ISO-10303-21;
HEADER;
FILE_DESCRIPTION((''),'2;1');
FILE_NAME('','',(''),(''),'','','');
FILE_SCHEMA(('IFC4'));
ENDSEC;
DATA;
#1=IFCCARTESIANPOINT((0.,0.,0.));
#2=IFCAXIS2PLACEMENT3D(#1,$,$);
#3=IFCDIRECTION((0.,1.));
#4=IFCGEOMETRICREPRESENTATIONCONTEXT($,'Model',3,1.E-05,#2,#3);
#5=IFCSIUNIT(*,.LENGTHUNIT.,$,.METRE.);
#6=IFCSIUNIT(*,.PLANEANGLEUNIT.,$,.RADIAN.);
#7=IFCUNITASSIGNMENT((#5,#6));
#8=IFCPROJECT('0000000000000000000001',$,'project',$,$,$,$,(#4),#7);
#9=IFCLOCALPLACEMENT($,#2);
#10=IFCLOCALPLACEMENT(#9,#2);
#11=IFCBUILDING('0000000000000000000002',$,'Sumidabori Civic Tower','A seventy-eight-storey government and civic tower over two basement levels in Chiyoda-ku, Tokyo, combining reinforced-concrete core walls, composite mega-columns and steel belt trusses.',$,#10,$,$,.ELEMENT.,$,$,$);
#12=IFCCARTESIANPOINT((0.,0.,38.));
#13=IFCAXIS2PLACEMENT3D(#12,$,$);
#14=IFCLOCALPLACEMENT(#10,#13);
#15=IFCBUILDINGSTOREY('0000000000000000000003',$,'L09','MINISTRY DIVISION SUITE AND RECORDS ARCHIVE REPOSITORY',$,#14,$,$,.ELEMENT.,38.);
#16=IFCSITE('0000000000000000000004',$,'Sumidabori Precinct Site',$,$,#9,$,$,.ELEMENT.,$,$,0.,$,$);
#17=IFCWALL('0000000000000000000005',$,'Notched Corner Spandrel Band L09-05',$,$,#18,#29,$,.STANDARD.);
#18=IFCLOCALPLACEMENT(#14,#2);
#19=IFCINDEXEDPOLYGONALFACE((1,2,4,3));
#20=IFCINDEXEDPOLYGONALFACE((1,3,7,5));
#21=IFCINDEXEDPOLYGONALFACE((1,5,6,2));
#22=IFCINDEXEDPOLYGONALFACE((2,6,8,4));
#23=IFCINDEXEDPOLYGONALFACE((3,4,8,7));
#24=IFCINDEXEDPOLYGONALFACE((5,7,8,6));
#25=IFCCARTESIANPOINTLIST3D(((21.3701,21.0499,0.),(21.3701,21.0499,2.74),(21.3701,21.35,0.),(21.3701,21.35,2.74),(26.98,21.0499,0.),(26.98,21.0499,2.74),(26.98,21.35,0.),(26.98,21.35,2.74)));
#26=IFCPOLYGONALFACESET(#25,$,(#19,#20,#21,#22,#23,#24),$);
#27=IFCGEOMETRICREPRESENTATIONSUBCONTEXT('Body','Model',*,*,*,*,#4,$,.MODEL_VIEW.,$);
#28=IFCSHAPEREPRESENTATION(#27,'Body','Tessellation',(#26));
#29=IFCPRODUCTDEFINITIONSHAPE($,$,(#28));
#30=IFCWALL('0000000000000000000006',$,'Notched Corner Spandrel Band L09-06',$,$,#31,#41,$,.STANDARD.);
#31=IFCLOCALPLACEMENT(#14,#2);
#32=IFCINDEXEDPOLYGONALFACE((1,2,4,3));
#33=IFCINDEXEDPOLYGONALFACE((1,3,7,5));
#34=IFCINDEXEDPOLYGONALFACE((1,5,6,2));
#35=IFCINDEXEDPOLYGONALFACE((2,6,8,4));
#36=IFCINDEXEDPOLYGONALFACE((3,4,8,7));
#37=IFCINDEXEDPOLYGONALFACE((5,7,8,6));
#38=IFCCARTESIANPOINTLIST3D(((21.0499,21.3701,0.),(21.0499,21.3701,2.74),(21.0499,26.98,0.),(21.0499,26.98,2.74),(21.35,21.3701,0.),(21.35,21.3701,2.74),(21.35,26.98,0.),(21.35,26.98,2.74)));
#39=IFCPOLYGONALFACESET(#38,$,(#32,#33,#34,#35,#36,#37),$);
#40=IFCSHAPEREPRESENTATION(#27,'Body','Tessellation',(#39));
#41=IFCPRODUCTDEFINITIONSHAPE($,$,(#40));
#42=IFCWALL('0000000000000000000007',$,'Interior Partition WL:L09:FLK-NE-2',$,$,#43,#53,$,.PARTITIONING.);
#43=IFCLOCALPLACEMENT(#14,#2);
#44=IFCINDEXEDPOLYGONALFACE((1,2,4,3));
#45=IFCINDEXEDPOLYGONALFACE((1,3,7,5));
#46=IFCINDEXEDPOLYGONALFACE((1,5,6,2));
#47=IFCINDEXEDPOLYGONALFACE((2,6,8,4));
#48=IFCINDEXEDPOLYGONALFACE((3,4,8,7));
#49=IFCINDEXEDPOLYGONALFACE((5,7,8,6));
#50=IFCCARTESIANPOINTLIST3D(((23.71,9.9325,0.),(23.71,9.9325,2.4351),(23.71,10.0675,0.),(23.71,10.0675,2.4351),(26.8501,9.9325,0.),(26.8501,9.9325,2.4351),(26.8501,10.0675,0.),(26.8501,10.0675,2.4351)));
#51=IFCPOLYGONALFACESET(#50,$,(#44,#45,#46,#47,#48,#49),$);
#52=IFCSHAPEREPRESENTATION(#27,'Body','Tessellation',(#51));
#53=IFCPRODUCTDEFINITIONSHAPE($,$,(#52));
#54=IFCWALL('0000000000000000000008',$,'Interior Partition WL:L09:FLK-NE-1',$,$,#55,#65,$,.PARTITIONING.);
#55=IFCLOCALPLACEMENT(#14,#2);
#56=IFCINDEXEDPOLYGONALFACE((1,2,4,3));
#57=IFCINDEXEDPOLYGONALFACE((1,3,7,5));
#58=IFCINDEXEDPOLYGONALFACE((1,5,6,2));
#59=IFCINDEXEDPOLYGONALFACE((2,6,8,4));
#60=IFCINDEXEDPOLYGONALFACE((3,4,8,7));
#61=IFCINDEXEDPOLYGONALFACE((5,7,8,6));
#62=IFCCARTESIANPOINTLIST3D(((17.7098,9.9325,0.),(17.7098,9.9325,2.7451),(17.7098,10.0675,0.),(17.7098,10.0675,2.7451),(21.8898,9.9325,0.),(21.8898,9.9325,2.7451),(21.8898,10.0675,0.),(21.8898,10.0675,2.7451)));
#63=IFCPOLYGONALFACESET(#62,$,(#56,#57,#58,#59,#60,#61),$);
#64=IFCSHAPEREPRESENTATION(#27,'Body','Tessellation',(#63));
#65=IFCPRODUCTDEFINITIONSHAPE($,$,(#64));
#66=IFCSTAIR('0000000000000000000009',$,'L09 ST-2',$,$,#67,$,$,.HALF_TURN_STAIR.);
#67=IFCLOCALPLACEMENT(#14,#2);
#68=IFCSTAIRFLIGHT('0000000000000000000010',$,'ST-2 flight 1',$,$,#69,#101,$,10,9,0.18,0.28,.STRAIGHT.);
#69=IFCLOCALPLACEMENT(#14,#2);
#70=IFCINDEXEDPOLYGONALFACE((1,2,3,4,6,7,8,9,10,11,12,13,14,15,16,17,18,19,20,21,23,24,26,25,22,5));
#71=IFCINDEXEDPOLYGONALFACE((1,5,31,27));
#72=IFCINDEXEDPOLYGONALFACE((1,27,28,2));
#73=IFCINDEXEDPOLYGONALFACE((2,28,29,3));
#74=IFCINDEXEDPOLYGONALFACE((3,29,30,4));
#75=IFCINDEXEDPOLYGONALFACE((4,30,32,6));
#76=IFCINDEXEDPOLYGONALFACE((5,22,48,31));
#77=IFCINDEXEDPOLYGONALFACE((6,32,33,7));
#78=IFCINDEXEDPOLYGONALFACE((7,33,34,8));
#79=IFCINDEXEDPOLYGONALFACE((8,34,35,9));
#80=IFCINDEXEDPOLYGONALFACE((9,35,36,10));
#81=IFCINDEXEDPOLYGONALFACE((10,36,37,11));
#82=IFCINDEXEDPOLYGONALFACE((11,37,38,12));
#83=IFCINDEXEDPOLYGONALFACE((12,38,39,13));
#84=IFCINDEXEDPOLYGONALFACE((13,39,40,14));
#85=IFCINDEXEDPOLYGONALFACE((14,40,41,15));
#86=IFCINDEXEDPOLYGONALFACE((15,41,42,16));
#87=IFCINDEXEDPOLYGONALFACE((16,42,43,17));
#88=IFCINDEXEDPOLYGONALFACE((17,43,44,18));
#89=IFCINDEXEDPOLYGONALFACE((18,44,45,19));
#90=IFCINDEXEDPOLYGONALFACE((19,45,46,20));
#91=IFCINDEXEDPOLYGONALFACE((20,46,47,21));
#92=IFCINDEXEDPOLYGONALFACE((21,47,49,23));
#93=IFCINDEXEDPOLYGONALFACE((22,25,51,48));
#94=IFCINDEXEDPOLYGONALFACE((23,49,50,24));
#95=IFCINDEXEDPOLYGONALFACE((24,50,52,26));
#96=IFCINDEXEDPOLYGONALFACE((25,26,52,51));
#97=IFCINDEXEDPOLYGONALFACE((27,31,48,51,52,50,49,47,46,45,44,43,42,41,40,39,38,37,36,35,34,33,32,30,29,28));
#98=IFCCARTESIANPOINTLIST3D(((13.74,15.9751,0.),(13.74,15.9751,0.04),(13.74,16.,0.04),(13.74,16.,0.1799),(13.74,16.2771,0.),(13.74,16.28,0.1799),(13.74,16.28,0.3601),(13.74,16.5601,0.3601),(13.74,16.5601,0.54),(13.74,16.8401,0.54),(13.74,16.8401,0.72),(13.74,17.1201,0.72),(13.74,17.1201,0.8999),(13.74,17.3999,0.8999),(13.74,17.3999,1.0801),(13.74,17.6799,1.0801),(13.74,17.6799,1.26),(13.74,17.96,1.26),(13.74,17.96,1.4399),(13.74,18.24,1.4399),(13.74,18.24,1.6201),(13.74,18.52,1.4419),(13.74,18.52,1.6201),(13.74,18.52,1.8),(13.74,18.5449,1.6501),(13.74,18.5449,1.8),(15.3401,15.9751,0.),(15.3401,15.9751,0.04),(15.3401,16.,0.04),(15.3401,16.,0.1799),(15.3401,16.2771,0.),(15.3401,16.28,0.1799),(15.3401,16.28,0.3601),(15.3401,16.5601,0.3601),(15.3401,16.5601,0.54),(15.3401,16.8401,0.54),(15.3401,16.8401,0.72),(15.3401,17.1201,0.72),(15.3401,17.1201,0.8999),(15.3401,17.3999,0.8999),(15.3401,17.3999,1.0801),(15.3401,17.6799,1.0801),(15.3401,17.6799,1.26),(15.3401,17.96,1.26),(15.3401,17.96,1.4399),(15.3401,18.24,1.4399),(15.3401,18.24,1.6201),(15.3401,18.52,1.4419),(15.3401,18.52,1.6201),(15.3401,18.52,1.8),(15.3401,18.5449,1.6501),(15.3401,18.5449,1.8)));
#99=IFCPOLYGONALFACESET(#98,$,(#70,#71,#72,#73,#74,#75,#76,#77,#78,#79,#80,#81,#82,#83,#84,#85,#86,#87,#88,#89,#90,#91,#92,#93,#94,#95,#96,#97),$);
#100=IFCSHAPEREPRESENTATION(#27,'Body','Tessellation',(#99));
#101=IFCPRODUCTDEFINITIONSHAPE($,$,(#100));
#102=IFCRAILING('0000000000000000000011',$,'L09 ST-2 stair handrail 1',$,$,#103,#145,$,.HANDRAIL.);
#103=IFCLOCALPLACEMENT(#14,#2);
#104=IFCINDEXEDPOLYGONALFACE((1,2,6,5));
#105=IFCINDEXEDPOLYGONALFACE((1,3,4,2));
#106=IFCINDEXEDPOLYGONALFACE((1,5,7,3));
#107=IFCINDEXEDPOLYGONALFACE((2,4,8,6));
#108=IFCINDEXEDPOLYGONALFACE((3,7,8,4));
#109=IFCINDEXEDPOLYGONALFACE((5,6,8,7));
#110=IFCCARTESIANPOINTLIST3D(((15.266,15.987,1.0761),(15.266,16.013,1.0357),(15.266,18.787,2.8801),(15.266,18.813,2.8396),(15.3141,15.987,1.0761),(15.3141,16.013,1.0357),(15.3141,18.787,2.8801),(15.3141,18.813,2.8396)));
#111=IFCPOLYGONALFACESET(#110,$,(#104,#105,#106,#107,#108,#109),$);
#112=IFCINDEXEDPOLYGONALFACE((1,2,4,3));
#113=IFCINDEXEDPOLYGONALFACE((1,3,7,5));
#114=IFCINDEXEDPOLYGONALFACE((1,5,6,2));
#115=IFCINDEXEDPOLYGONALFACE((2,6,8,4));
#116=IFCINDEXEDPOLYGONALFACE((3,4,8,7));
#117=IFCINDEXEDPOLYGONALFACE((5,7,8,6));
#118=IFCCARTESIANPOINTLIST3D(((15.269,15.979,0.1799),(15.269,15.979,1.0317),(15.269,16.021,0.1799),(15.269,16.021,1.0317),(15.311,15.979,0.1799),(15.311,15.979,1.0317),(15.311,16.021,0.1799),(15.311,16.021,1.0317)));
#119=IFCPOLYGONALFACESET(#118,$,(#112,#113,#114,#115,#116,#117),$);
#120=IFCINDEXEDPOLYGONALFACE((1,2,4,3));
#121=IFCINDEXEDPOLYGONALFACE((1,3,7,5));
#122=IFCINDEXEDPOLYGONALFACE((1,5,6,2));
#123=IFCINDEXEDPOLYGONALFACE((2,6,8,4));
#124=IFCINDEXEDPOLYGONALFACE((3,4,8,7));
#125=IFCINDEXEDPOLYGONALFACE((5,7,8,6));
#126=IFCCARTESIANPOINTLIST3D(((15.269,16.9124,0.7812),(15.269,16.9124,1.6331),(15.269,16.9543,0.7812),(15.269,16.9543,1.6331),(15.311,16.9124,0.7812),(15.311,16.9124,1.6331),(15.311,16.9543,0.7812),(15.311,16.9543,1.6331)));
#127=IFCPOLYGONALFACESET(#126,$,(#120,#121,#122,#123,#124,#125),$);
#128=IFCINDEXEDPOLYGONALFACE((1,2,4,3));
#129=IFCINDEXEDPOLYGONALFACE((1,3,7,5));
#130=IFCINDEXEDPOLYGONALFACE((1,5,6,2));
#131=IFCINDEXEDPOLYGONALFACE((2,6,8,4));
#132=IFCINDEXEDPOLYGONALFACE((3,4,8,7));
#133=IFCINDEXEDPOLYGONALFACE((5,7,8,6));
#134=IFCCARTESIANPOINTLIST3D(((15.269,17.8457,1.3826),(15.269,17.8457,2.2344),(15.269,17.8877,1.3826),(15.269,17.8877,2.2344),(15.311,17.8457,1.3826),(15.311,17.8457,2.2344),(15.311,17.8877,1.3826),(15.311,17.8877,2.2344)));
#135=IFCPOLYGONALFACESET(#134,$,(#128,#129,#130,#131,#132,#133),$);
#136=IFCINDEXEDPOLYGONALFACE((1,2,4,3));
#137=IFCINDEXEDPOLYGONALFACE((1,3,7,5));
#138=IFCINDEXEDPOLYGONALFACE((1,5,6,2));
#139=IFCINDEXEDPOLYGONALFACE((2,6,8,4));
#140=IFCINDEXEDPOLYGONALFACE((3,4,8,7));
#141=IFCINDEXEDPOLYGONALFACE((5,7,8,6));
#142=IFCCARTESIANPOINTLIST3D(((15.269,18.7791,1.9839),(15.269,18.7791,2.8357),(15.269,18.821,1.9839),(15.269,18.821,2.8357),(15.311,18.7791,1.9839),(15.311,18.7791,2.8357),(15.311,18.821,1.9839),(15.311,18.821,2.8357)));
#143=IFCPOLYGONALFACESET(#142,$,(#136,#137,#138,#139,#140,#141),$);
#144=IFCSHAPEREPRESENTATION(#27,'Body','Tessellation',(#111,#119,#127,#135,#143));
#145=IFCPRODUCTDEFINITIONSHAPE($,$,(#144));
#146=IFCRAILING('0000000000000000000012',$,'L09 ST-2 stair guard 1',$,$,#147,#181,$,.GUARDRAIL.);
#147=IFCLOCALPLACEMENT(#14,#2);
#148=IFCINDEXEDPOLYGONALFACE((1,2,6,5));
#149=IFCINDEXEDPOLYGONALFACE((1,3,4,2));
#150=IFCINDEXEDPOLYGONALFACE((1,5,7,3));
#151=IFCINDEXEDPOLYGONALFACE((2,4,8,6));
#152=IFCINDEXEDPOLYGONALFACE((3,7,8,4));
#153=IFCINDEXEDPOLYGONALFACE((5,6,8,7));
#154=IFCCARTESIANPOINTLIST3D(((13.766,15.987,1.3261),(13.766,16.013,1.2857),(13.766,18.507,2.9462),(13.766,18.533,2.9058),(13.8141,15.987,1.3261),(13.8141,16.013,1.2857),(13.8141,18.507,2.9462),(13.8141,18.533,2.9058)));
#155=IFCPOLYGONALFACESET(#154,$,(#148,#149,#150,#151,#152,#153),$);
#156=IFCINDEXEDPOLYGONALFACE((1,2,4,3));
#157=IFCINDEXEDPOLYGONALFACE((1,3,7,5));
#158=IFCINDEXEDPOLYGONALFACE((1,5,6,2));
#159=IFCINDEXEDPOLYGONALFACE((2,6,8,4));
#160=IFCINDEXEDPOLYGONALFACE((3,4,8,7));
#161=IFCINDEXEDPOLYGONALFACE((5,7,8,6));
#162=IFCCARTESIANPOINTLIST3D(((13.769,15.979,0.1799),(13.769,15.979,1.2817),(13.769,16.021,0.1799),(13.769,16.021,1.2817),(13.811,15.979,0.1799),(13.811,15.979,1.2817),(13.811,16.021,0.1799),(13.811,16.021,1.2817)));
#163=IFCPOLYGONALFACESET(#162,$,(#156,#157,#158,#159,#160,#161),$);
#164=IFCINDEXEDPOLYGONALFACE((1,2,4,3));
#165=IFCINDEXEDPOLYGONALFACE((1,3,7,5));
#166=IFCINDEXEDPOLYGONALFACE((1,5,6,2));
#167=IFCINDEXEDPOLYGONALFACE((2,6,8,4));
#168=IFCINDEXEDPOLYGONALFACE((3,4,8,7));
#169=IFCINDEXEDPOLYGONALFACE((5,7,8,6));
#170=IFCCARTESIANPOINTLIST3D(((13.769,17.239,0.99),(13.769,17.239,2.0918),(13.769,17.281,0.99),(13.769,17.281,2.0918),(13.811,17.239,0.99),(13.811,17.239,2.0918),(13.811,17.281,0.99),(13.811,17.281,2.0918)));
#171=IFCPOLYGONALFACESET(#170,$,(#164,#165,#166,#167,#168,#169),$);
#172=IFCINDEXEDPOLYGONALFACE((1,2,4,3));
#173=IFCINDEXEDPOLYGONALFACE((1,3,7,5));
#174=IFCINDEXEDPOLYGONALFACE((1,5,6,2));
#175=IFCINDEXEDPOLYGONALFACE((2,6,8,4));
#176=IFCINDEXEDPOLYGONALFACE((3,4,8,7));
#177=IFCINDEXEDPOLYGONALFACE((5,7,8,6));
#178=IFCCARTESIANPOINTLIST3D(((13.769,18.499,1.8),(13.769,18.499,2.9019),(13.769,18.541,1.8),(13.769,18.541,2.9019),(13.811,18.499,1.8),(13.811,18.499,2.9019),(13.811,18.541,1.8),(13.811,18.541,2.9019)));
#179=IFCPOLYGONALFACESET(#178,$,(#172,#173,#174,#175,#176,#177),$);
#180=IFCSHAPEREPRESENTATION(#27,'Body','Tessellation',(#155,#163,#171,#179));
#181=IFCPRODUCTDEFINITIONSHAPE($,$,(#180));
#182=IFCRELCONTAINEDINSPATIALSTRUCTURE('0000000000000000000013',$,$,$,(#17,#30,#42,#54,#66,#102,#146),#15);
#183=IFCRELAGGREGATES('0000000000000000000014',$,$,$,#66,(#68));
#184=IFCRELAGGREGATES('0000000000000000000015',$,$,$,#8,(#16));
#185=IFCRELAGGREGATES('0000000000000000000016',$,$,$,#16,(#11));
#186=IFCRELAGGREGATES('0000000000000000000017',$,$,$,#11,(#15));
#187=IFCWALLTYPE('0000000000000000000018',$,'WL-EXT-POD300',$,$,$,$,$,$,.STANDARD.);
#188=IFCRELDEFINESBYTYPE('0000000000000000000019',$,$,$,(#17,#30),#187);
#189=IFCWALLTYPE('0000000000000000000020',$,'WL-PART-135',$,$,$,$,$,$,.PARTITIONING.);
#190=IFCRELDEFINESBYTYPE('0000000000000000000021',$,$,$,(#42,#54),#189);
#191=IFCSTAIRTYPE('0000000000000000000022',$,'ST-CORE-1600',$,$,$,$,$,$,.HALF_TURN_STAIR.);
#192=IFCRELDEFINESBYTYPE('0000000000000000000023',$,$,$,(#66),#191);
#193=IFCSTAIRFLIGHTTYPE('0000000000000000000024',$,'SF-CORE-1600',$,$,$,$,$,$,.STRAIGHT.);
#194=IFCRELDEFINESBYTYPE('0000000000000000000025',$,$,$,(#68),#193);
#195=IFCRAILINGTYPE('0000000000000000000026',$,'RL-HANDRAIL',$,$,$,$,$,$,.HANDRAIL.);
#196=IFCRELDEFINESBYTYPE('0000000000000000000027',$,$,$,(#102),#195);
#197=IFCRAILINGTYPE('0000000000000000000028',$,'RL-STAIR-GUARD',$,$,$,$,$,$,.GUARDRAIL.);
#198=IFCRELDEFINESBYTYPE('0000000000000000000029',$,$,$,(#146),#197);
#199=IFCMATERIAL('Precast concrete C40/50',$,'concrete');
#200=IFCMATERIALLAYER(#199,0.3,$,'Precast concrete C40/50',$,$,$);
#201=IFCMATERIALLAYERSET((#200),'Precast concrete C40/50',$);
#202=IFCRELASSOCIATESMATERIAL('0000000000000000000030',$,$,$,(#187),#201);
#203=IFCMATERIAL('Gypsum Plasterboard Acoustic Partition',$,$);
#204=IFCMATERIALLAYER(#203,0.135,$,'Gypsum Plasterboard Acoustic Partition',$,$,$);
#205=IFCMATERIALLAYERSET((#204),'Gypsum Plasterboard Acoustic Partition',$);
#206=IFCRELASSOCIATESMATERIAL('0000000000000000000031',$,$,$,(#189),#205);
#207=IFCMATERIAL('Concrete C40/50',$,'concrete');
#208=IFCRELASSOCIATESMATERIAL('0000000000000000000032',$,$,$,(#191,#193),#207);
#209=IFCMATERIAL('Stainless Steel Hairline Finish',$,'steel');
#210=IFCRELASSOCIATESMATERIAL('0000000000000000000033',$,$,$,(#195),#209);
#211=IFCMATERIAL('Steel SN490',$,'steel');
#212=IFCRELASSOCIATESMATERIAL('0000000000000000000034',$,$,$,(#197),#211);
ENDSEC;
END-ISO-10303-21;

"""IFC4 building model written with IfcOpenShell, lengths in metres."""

from ifc_helpers import new_model, si_unit, direction, frame, frame_2d, origin, origin_2d, place, context, subcontext, project, spatial, polyline, rectangle, outline, extrude, source, transform, mapped, material, layer, layer_set, type_object, element, aggregate, save


model = new_model("IFC4")

# Units and contexts
model_context = context("Model", 3, precision=1e-05, world=origin(), true_north=direction((0.0, 1.0)))
body_context = subcontext(model_context, "Body", "Model", "MODEL_VIEW")
ifc_project = project(units=[si_unit("LENGTHUNIT", "METRE"), si_unit("PLANEANGLEUNIT", "RADIAN")], contexts=[model_context])

# Site, building, storey
site_placement = place(None, origin())
site = spatial("IfcSite", under=ifc_project, at=site_placement, Name="Sumidabori Precinct Site", CompositionType="ELEMENT", RefElevation=0.0)
building_placement = place(site_placement, origin())
building = spatial("IfcBuilding", under=site, at=building_placement, Name="Sumidabori Civic Tower", Description="A seventy-eight-storey government and civic tower over two basement levels in Chiyoda-ku, Tokyo, combining reinforced-concrete core walls, composite mega-columns and steel belt trusses.", CompositionType="ELEMENT")
storey_placement = place(building_placement, frame((0.0, 0.0, 38.0)))
storey = spatial("IfcBuildingStorey", under=building, at=storey_placement, Name="L09", Description="MINISTRY DIVISION SUITE AND RECORDS ARCHIVE REPOSITORY", CompositionType="ELEMENT", Elevation=38.0)

# Shared definitions
ifc_material_1 = material(Name="Steel SN490", Category="steel")

# Walls
ifc_material_2 = material(Name="Precast concrete C40/50", Category="concrete")
ifc_layer_1 = layer(ifc_material_2, 0.3, Name="Precast concrete C40/50")
ifc_layer_set_1 = layer_set([ifc_layer_1], Name="Precast concrete C40/50")
wall_type_1 = type_object("IfcWallType", Name="WL-EXT-POD300", PredefinedType="STANDARD", material=ifc_layer_set_1)
shared_shape_1 = source(origin(), body_context, "Body", "SweptSolid", [
    extrude(rectangle(XDim=5.6099, YDim=0.3, at=frame_2d((2.8049, 0.0))), origin(), (0.0, 0.0, 1.0), 2.74),
])
for number, where, z_axis, x_axis, name in (
    (1, (26.98, 21.2, 0.0), (0.0, 0.0, 1.0), (-1.0, 0.0, 0.0), "Notched Corner Spandrel Band L09-05"),
    (2, (21.2, 21.3701, 0.0), (0.0, 0.0, 1.0), (0.0, 1.0, 0.0), "Notched Corner Spandrel Band L09-06"),
):
    element("IfcWall", number, at=place(storey_placement, frame(where, z_axis=z_axis, x_axis=x_axis)), inside=storey, type_object=wall_type_1, Name=name, PredefinedType="STANDARD", context=body_context, shape_type="MappedRepresentation", body=[
        mapped(shared_shape_1, transform((0.0, 0.0, 0.0), x_axis=(1.0, 0.0, 0.0), y_axis=(0.0, 1.0, 0.0), z_axis=(0.0, 0.0, 1.0), scale=1.0)),
    ])
ifc_material_3 = material(Name="Gypsum Plasterboard Acoustic Partition")
ifc_layer_2 = layer(ifc_material_3, 0.135, Name="Gypsum Plasterboard Acoustic Partition")
ifc_layer_set_2 = layer_set([ifc_layer_2], Name="Gypsum Plasterboard Acoustic Partition")
wall_type_2 = type_object("IfcWallType", Name="WL-PART-135", PredefinedType="PARTITIONING", material=ifc_layer_set_2)
shared_shape_2 = source(origin(), body_context, "Body", "SweptSolid", [
    extrude(rectangle(XDim=3.1401, YDim=0.135, at=frame_2d((1.5701, 0.0))), origin(), (0.0, 0.0, 1.0), 2.4351),
])
wall_1_placement = place(storey_placement, frame((23.71, 10.0, 0.0), z_axis=(0.0, 0.0, 1.0), x_axis=(1.0, 0.0, 0.0)))
element("IfcWall", 3, at=wall_1_placement, inside=storey, type_object=wall_type_2, Name="Interior Partition WL:L09:FLK-NE-2", PredefinedType="PARTITIONING", context=body_context, shape_type="MappedRepresentation", body=[
    mapped(shared_shape_2, transform((0.0, 0.0, 0.0), x_axis=(1.0, 0.0, 0.0), y_axis=(0.0, 1.0, 0.0), z_axis=(0.0, 0.0, 1.0), scale=1.0)),
])
shared_shape_3 = source(origin(), body_context, "Body", "SweptSolid", [
    extrude(rectangle(XDim=4.1799, YDim=0.135, at=frame_2d((2.0898, 0.0))), origin(), (0.0, 0.0, 1.0), 2.7451),
])
wall_2_placement = place(storey_placement, frame((17.71, 10.0, 0.0), z_axis=(0.0, 0.0, 1.0), x_axis=(1.0, 0.0, 0.0)))
element("IfcWall", 4, at=wall_2_placement, inside=storey, type_object=wall_type_2, Name="Interior Partition WL:L09:FLK-NE-1", PredefinedType="PARTITIONING", context=body_context, shape_type="MappedRepresentation", body=[
    mapped(shared_shape_3, transform((0.0, 0.0, 0.0), x_axis=(1.0, 0.0, 0.0), y_axis=(0.0, 1.0, 0.0), z_axis=(0.0, 0.0, 1.0), scale=1.0)),
])

# Stair, stair flight
ifc_material_4 = material(Name="Concrete C40/50", Category="concrete")
stair_type = type_object("IfcStairType", Name="ST-CORE-1600", PredefinedType="HALF_TURN_STAIR", material=ifc_material_4)
stair_placement = place(storey_placement, origin())
stair = element("IfcStair", 5, at=stair_placement, inside=storey, type_object=stair_type, Name="L09 ST-2", PredefinedType="HALF_TURN_STAIR")
stair_flight_type = type_object("IfcStairFlightType", Name="SF-CORE-1600", PredefinedType="STRAIGHT", material=ifc_material_4)
shared_shape_4 = source(origin(), body_context, "Body", "SweptSolid", [
    extrude(outline(polyline([(-0.0249, 0.0), (-0.0249, 0.04), (0.0, 0.04), (0.0, 0.1799), (0.28, 0.1799), (0.28, 0.3601), (0.5601, 0.3601), (0.5601, 0.54), (0.8401, 0.54), (0.8401, 0.72), (1.1201, 0.72), (1.1201, 0.8999), (1.3999, 0.8999), (1.3999, 1.0801), (1.6799, 1.0801), (1.6799, 1.26), (1.96, 1.26), (1.96, 1.4399), (2.24, 1.4399), (2.24, 1.6201), (2.52, 1.6201), (2.52, 1.8), (2.5449, 1.8), (2.5449, 1.6501), (2.52, 1.4419), (0.2771, 0.0), (-0.0249, 0.0)])), frame((0.0, 0.8, 0.0), z_axis=(0.0, -1.0, 0.0), x_axis=(1.0, 0.0, 0.0)), (0.0, 0.0, 1.0), 1.6001),
])
stair_flight_placement = place(storey_placement, frame((14.54, 16.0, 0.0), z_axis=(0.0, 0.0, 1.0), x_axis=(0.0, 1.0, 0.0)))
stair_flight = element("IfcStairFlight", 6, at=stair_flight_placement, type_object=stair_flight_type, Name="ST-2 flight 1", NumberOfRisers=10, NumberOfTreads=9, PredefinedType="STRAIGHT", RiserHeight=0.18, TreadLength=0.28, context=body_context, shape_type="MappedRepresentation", body=[
    mapped(shared_shape_4, transform((0.0, 0.0, 0.0), x_axis=(1.0, 0.0, 0.0), y_axis=(0.0, 1.0, 0.0), z_axis=(0.0, 0.0, 1.0), scale=1.0)),
])
aggregate(stair, [stair_flight])

# Railings
ifc_material_5 = material(Name="Stainless Steel Hairline Finish", Category="steel")
railing_type_1 = type_object("IfcRailingType", Name="RL-HANDRAIL", PredefinedType="HANDRAIL", material=ifc_material_5)
railing_1_placement = place(storey_placement, frame((15.29, 16.0, 0.1799)))
element("IfcRailing", 7, at=railing_1_placement, inside=storey, type_object=railing_type_1, Name="L09 ST-2 stair handrail 1", PredefinedType="HANDRAIL", context=body_context, shape_type="SweptSolid", body=[
    extrude(rectangle(XDim=0.0481, YDim=0.0481, at=origin_2d()), frame((0.0, 0.0, 0.876), z_axis=(0.0, 0.840642, 0.541591), x_axis=(-1.0, 0.0, 0.0)), (0.0, 0.0, 1.0), 3.3308),
    extrude(rectangle(XDim=0.042, YDim=0.042, at=origin_2d()), origin(), (0.0, 0.0, 1.0), 0.8518),
    extrude(rectangle(XDim=0.042, YDim=0.042, at=origin_2d()), frame((0.0, 0.9333, 0.6013)), (0.0, 0.0, 1.0), 0.8518),
    extrude(rectangle(XDim=0.042, YDim=0.042, at=origin_2d()), frame((0.0, 1.8667, 1.2026)), (0.0, 0.0, 1.0), 0.8518),
    extrude(rectangle(XDim=0.042, YDim=0.042, at=origin_2d()), frame((0.0, 2.8, 1.804)), (0.0, 0.0, 1.0), 0.8518),
])
railing_type_2 = type_object("IfcRailingType", Name="RL-STAIR-GUARD", PredefinedType="GUARDRAIL", material=ifc_material_1)
railing_2_placement = place(storey_placement, frame((13.79, 16.0, 0.1799)))
element("IfcRailing", 8, at=railing_2_placement, inside=storey, type_object=railing_type_2, Name="L09 ST-2 stair guard 1", PredefinedType="GUARDRAIL", context=body_context, shape_type="SweptSolid", body=[
    extrude(rectangle(XDim=0.0481, YDim=0.0481, at=origin_2d()), frame((0.0, 0.0, 1.126), z_axis=(0.0, 0.841163, 0.540782), x_axis=(-1.0, 0.0, 0.0)), (0.0, 0.0, 1.0), 2.9958),
    extrude(rectangle(XDim=0.042, YDim=0.042, at=origin_2d()), origin(), (0.0, 0.0, 1.0), 1.1018),
    extrude(rectangle(XDim=0.042, YDim=0.042, at=origin_2d()), frame((0.0, 1.26, 0.8101)), (0.0, 0.0, 1.0), 1.1018),
    extrude(rectangle(XDim=0.042, YDim=0.042, at=origin_2d()), frame((0.0, 2.52, 1.6201)), (0.0, 0.0, 1.0), 1.1018),
])

save(model, "model.ifc")
